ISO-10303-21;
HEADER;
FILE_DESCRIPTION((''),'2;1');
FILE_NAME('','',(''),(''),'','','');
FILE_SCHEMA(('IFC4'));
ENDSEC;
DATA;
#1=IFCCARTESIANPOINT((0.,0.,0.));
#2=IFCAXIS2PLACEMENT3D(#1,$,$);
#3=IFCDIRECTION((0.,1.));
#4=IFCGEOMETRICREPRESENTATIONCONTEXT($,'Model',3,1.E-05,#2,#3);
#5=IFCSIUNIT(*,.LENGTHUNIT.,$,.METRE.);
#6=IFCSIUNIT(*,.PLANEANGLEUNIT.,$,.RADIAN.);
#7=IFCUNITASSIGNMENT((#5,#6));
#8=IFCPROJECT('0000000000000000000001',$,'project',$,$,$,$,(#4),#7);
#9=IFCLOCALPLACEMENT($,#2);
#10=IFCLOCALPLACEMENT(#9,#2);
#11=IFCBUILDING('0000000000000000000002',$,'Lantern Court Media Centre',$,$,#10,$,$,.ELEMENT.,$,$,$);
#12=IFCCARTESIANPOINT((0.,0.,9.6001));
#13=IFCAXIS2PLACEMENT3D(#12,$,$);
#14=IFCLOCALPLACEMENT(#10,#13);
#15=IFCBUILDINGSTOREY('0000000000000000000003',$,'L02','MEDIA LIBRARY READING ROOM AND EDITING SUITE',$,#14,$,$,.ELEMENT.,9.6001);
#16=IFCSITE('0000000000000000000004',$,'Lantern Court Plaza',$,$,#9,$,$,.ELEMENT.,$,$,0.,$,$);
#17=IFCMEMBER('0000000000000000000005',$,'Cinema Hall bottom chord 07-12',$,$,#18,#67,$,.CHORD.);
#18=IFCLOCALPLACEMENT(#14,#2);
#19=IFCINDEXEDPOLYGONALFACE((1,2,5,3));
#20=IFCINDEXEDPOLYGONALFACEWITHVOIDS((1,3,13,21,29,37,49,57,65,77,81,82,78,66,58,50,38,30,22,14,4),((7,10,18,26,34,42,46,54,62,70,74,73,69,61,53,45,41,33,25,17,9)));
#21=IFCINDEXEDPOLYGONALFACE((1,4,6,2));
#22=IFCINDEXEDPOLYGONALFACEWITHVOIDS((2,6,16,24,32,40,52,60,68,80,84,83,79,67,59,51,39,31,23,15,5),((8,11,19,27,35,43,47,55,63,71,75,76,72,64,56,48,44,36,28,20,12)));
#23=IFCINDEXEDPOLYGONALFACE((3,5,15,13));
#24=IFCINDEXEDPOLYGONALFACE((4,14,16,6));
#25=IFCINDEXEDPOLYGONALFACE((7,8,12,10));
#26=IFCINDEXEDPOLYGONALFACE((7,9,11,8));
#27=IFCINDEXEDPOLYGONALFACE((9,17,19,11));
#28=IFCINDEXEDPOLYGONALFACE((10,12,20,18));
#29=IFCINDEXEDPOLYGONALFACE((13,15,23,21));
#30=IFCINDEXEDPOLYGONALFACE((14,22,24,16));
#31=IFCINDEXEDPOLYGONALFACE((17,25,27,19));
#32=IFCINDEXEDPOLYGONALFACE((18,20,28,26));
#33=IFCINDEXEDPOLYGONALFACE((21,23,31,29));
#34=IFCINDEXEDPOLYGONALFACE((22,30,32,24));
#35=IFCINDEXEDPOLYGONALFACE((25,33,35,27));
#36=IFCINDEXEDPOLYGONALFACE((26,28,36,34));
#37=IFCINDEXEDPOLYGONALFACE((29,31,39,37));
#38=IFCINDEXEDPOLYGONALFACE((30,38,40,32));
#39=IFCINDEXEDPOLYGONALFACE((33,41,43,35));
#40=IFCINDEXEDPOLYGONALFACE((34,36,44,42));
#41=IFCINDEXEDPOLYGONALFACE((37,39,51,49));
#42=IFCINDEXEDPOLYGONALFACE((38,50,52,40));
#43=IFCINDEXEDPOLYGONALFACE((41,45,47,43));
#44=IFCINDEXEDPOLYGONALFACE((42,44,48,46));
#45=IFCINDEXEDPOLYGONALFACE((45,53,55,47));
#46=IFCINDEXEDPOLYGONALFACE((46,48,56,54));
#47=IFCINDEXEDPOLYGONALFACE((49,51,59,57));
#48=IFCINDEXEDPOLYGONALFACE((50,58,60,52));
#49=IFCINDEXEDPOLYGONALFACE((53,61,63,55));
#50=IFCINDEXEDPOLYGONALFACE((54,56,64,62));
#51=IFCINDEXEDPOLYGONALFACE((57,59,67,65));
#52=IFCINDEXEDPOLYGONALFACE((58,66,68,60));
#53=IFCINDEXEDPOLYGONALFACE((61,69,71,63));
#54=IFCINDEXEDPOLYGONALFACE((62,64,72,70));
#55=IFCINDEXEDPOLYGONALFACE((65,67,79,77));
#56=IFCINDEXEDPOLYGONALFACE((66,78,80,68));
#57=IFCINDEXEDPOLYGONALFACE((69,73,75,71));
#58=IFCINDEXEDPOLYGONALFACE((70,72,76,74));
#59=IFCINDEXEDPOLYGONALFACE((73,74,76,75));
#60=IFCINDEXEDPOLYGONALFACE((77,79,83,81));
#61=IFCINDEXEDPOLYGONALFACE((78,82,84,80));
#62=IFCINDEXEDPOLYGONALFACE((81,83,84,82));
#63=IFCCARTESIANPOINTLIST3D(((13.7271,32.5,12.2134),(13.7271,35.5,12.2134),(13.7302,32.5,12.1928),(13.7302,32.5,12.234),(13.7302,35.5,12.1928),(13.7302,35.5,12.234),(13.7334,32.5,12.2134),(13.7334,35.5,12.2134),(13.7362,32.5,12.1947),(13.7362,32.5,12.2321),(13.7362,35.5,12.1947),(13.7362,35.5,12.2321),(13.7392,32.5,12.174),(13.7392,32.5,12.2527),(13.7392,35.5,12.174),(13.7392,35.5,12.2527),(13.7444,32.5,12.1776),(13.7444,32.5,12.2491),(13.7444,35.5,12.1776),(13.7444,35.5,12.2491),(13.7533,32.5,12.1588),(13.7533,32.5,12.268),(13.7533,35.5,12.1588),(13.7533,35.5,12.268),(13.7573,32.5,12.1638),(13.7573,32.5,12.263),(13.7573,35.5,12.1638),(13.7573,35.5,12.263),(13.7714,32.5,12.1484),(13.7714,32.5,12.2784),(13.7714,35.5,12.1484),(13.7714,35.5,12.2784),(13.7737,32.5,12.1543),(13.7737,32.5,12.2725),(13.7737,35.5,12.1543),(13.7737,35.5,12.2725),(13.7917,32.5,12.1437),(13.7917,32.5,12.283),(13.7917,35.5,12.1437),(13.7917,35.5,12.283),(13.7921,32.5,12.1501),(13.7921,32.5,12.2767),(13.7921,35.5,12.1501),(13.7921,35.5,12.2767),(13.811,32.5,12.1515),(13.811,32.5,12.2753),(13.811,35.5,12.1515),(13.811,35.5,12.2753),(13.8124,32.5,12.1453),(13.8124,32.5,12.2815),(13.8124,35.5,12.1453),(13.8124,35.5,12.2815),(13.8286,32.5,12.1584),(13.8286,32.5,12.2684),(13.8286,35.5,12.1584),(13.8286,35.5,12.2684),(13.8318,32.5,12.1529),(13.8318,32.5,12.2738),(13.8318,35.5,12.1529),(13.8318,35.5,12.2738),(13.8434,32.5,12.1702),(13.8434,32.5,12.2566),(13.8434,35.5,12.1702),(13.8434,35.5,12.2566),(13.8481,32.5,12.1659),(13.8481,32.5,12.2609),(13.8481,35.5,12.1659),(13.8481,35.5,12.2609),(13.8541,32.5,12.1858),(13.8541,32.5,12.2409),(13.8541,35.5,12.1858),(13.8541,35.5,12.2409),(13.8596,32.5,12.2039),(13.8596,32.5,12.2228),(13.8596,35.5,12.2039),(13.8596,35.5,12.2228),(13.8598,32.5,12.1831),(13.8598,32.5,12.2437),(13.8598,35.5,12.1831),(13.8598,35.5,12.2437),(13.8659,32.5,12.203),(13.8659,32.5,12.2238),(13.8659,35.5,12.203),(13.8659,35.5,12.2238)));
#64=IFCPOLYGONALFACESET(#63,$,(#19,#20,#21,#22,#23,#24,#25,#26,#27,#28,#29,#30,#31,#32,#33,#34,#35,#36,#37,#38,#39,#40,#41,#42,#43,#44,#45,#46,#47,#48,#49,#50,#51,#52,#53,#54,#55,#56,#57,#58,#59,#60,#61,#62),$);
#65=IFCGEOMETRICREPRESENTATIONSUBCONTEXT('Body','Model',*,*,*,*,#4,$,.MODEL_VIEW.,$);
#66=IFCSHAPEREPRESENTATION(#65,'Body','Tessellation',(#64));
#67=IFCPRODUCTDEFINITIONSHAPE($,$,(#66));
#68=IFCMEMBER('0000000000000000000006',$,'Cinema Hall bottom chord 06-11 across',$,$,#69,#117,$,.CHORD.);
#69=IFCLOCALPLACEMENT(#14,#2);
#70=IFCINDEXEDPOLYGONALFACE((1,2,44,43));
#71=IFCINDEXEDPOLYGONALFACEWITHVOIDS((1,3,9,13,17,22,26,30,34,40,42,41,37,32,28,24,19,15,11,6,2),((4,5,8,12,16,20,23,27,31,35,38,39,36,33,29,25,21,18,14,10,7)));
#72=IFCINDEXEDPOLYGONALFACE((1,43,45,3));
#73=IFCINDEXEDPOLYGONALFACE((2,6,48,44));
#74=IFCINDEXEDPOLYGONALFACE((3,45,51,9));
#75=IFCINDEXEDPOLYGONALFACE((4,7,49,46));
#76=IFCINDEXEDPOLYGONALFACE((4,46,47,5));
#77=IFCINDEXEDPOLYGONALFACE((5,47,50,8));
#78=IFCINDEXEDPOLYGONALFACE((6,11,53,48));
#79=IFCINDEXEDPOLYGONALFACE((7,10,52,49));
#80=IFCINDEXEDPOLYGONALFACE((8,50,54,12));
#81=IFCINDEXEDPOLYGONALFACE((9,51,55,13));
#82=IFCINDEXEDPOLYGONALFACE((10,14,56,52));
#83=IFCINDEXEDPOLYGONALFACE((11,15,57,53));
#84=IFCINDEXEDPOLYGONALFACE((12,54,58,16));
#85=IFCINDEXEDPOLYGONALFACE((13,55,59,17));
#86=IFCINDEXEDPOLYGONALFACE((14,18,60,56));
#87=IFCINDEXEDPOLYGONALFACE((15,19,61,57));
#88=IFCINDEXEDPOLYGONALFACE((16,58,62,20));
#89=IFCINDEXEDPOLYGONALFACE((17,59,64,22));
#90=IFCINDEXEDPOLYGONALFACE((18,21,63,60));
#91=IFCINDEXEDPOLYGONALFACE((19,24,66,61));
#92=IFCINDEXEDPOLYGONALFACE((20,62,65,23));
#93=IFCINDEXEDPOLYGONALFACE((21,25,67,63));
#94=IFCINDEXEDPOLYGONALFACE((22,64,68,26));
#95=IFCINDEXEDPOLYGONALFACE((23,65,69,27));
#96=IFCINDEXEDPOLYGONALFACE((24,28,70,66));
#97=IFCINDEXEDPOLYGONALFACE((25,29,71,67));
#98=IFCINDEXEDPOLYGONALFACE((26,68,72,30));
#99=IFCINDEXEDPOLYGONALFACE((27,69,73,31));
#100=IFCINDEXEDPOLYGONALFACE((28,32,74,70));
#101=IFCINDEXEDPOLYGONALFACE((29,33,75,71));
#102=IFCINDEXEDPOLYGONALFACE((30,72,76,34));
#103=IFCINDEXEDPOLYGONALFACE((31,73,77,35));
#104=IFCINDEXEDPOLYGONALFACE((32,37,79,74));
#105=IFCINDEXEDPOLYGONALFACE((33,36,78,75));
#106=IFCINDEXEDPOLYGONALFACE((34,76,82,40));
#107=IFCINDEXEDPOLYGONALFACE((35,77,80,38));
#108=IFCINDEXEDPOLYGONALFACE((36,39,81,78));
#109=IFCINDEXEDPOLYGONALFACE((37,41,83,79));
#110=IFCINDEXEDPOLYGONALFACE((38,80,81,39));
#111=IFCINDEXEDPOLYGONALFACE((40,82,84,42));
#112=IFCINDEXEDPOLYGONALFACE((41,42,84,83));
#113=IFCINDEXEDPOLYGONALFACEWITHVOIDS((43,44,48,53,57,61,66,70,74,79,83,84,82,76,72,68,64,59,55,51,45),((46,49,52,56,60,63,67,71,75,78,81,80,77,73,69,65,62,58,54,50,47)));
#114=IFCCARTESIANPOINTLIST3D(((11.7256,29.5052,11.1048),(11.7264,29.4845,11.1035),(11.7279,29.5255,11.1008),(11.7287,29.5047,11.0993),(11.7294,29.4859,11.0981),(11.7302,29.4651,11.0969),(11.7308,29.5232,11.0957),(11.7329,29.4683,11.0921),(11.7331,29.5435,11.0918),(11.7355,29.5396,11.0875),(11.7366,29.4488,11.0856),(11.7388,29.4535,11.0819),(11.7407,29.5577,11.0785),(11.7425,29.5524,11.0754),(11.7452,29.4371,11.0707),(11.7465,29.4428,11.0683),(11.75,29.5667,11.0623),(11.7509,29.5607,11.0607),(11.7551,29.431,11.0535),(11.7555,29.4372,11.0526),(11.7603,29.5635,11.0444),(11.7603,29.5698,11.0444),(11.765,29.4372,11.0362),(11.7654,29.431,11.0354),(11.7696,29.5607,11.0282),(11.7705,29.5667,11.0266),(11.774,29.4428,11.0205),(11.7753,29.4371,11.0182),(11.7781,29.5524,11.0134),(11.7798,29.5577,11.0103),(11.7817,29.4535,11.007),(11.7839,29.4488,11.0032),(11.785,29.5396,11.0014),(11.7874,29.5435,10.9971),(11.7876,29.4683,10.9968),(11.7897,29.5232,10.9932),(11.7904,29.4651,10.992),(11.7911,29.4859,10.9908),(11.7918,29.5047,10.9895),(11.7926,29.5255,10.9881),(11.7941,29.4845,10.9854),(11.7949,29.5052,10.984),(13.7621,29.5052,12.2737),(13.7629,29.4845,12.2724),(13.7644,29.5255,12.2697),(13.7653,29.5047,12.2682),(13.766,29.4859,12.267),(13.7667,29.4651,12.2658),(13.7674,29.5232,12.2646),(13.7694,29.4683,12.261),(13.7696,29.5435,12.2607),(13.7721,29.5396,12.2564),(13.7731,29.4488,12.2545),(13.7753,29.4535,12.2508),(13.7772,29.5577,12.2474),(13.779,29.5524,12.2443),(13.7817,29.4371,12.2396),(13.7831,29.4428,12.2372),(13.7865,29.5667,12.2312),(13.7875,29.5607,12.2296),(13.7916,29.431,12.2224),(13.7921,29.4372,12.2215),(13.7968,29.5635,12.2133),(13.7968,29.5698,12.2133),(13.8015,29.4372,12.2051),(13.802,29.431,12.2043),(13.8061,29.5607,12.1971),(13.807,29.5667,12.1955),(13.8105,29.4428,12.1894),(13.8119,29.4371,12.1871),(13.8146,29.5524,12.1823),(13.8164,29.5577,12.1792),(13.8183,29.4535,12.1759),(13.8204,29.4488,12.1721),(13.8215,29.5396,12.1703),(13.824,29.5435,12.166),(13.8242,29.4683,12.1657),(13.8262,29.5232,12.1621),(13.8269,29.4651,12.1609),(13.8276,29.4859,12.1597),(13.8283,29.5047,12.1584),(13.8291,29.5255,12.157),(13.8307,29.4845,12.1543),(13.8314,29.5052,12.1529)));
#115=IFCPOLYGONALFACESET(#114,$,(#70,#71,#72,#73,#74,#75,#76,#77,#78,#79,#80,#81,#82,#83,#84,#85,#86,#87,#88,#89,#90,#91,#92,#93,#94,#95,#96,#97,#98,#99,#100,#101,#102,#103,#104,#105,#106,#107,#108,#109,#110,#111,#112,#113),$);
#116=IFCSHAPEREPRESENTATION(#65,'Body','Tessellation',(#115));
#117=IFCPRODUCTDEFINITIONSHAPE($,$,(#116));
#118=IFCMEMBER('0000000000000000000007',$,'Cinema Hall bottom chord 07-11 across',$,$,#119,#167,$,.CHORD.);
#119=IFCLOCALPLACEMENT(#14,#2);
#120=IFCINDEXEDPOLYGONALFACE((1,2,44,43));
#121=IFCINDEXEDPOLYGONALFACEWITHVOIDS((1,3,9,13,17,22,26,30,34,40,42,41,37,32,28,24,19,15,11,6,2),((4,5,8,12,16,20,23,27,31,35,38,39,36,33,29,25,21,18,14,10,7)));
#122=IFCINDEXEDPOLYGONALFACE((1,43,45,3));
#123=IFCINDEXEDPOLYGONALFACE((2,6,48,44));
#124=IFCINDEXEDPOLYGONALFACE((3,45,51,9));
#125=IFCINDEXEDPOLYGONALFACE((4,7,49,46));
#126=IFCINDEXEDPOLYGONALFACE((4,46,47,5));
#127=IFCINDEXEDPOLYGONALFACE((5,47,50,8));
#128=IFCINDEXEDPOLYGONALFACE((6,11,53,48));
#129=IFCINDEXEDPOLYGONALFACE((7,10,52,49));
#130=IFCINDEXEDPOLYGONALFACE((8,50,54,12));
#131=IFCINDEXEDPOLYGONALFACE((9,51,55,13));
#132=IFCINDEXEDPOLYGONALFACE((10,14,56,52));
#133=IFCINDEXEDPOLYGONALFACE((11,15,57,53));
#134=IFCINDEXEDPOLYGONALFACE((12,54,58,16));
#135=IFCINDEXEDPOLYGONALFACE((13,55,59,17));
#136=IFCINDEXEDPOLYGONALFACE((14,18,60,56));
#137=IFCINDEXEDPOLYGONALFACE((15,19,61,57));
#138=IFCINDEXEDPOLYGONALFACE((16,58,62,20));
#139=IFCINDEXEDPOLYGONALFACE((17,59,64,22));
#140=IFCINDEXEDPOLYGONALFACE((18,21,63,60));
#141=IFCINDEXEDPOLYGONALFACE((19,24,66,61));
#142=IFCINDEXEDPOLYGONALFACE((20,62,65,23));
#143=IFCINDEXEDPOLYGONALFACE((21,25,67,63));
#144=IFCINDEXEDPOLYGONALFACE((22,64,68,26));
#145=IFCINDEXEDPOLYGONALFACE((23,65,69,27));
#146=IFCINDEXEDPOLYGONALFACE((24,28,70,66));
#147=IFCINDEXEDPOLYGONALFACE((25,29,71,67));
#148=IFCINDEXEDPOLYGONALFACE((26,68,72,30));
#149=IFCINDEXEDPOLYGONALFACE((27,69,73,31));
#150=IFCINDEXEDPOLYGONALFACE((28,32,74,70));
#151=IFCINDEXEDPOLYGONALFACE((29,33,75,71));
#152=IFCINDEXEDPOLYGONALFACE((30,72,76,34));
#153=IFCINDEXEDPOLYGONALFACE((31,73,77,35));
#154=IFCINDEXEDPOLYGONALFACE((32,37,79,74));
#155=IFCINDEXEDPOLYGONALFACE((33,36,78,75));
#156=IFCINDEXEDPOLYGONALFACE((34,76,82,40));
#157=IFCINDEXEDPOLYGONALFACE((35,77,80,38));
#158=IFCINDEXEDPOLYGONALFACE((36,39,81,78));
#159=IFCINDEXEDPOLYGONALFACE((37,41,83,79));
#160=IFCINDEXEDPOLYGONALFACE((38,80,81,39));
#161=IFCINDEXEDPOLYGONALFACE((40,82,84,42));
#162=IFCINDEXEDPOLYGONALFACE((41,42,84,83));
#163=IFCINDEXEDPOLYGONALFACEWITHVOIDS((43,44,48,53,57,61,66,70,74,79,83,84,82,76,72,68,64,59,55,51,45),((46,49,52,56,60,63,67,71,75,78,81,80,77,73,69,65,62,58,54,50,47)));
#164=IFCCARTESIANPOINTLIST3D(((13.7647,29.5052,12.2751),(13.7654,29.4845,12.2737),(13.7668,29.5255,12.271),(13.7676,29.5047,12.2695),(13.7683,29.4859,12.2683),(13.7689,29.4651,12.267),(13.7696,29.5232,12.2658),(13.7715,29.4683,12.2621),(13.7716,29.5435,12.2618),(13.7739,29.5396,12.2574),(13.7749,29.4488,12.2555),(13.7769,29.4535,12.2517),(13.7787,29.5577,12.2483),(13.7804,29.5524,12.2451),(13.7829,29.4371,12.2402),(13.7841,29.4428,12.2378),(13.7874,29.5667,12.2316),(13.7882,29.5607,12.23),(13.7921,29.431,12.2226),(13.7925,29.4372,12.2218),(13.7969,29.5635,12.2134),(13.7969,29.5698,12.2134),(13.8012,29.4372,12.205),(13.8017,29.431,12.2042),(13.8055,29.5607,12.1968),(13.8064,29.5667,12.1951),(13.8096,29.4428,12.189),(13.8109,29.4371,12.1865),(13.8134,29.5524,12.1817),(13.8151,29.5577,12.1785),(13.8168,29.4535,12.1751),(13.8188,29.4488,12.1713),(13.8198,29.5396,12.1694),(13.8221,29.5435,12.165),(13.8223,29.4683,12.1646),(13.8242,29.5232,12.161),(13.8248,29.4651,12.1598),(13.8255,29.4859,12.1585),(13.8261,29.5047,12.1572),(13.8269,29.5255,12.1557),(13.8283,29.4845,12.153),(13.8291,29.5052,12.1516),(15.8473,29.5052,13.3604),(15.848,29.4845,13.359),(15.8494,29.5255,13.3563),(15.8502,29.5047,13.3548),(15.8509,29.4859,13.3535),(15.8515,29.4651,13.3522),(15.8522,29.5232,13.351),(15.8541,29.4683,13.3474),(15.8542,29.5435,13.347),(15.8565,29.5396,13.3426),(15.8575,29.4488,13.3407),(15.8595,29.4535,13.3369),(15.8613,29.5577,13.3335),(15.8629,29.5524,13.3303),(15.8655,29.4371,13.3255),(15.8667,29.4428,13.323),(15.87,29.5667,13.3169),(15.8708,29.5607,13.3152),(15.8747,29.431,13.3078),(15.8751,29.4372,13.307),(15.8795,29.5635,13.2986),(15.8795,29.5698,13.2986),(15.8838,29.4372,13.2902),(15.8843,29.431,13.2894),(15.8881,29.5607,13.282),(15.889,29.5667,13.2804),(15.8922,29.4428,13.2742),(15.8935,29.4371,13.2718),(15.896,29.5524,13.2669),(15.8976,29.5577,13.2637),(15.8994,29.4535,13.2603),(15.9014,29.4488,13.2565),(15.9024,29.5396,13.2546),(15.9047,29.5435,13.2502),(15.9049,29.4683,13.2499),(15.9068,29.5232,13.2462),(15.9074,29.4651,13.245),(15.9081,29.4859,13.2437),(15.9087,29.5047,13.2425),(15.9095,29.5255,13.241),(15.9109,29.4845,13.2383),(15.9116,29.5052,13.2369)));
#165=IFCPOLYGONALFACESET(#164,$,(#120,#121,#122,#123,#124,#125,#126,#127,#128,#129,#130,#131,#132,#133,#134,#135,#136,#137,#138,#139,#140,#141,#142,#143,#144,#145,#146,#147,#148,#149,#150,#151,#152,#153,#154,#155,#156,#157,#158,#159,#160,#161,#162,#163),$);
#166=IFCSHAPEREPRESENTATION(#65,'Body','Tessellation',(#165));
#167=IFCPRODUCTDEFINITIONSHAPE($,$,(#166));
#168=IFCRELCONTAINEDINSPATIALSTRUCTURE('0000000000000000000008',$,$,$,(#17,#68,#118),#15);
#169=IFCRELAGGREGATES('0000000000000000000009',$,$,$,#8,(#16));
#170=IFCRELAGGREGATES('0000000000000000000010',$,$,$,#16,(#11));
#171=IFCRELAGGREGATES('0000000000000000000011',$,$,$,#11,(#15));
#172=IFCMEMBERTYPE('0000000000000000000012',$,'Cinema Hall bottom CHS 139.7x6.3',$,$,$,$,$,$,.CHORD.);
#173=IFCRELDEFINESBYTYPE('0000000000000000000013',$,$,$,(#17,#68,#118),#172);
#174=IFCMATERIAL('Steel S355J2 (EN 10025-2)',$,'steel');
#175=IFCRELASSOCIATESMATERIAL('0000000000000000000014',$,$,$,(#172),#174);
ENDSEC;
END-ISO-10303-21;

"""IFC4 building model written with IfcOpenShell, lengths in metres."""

from ifc_helpers import new_model, si_unit, direction, frame, origin, origin_2d, place, context, subcontext, project, spatial, hollow_circle, extrude, material, material_profile, profile_set, type_object, element, save


model = new_model("IFC4")

# Units and contexts
model_context = context("Model", 3, precision=1e-05, world=origin(), true_north=direction((0.0, 1.0)))
body_context = subcontext(model_context, "Body", "Model", "MODEL_VIEW")
ifc_project = project(units=[si_unit("LENGTHUNIT", "METRE"), si_unit("PLANEANGLEUNIT", "RADIAN")], contexts=[model_context])

# Site, building, storey
site_placement = place(None, origin())
site = spatial("IfcSite", under=ifc_project, at=site_placement, Name="Lantern Court Plaza", CompositionType="ELEMENT", RefElevation=0.0)
building_placement = place(site_placement, origin())
building = spatial("IfcBuilding", under=site, at=building_placement, Name="Lantern Court Media Centre", CompositionType="ELEMENT")
storey_placement = place(building_placement, frame((0.0, 0.0, 9.6001)))
storey = spatial("IfcBuildingStorey", under=building, at=storey_placement, Name="L02", Description="MEDIA LIBRARY READING ROOM AND EDITING SUITE", CompositionType="ELEMENT", Elevation=9.6001)

# Members
ifc_material = material(Name="Steel S355J2 (EN 10025-2)", Category="steel")
ifc_material_profile_1 = material_profile(ifc_material, hollow_circle(Radius=0.0698, WallThickness=0.0063, at=origin_2d()), Name="Cinema Hall bottom CHS 139.7x6.3")
ifc_profile_set_1 = profile_set([ifc_material_profile_1], Name="Steel S355J2 (EN 10025-2)")
member_type_1 = type_object("IfcMemberType", Name="Cinema Hall bottom CHS 139.7x6.3", PredefinedType="CHORD", material=ifc_profile_set_1)
for number, where, z_axis, x_axis, name in (
    (1, (13.7969, 32.5, 12.2134), (0.0, 1.0, 0.0), (-1.0, 0.0, 0.0), "Cinema Hall bottom chord 07-12"),
):
    element("IfcMember", number, at=place(storey_placement, frame(where, z_axis=z_axis, x_axis=x_axis)), inside=storey, type_object=member_type_1, Name=name, PredefinedType="CHORD", context=body_context, shape_type="SweptSolid", body=[
        extrude(hollow_circle(Radius=0.0698, WallThickness=0.0063, at=origin_2d()), origin(), (0.0, 0.0, 1.0), 3.0),
    ])
member_1_placement = place(storey_placement, frame((11.7603, 29.5, 11.0444), z_axis=(0.867295, 0.0, 0.497795), x_axis=(0.0, 1.0, 0.0)))
element("IfcMember", 2, at=member_1_placement, inside=storey, type_object=member_type_1, Name="Cinema Hall bottom chord 06-11 across", PredefinedType="CHORD", context=body_context, shape_type="SweptSolid", body=[
    extrude(hollow_circle(Radius=0.0698, WallThickness=0.0063, at=origin_2d()), origin(), (0.0, 0.0, 1.0), 2.3481),
])
member_2_placement = place(storey_placement, frame((13.7969, 29.5, 12.2134), z_axis=(0.886816, 0.0, 0.462122), x_axis=(0.0, 1.0, 0.0)))
element("IfcMember", 3, at=member_2_placement, inside=storey, type_object=member_type_1, Name="Cinema Hall bottom chord 07-11 across", PredefinedType="CHORD", context=body_context, shape_type="SweptSolid", body=[
    extrude(hollow_circle(Radius=0.0698, WallThickness=0.0063, at=origin_2d()), origin(), (0.0, 0.0, 1.0), 2.3484),
])

save(model, "model.ifc")
